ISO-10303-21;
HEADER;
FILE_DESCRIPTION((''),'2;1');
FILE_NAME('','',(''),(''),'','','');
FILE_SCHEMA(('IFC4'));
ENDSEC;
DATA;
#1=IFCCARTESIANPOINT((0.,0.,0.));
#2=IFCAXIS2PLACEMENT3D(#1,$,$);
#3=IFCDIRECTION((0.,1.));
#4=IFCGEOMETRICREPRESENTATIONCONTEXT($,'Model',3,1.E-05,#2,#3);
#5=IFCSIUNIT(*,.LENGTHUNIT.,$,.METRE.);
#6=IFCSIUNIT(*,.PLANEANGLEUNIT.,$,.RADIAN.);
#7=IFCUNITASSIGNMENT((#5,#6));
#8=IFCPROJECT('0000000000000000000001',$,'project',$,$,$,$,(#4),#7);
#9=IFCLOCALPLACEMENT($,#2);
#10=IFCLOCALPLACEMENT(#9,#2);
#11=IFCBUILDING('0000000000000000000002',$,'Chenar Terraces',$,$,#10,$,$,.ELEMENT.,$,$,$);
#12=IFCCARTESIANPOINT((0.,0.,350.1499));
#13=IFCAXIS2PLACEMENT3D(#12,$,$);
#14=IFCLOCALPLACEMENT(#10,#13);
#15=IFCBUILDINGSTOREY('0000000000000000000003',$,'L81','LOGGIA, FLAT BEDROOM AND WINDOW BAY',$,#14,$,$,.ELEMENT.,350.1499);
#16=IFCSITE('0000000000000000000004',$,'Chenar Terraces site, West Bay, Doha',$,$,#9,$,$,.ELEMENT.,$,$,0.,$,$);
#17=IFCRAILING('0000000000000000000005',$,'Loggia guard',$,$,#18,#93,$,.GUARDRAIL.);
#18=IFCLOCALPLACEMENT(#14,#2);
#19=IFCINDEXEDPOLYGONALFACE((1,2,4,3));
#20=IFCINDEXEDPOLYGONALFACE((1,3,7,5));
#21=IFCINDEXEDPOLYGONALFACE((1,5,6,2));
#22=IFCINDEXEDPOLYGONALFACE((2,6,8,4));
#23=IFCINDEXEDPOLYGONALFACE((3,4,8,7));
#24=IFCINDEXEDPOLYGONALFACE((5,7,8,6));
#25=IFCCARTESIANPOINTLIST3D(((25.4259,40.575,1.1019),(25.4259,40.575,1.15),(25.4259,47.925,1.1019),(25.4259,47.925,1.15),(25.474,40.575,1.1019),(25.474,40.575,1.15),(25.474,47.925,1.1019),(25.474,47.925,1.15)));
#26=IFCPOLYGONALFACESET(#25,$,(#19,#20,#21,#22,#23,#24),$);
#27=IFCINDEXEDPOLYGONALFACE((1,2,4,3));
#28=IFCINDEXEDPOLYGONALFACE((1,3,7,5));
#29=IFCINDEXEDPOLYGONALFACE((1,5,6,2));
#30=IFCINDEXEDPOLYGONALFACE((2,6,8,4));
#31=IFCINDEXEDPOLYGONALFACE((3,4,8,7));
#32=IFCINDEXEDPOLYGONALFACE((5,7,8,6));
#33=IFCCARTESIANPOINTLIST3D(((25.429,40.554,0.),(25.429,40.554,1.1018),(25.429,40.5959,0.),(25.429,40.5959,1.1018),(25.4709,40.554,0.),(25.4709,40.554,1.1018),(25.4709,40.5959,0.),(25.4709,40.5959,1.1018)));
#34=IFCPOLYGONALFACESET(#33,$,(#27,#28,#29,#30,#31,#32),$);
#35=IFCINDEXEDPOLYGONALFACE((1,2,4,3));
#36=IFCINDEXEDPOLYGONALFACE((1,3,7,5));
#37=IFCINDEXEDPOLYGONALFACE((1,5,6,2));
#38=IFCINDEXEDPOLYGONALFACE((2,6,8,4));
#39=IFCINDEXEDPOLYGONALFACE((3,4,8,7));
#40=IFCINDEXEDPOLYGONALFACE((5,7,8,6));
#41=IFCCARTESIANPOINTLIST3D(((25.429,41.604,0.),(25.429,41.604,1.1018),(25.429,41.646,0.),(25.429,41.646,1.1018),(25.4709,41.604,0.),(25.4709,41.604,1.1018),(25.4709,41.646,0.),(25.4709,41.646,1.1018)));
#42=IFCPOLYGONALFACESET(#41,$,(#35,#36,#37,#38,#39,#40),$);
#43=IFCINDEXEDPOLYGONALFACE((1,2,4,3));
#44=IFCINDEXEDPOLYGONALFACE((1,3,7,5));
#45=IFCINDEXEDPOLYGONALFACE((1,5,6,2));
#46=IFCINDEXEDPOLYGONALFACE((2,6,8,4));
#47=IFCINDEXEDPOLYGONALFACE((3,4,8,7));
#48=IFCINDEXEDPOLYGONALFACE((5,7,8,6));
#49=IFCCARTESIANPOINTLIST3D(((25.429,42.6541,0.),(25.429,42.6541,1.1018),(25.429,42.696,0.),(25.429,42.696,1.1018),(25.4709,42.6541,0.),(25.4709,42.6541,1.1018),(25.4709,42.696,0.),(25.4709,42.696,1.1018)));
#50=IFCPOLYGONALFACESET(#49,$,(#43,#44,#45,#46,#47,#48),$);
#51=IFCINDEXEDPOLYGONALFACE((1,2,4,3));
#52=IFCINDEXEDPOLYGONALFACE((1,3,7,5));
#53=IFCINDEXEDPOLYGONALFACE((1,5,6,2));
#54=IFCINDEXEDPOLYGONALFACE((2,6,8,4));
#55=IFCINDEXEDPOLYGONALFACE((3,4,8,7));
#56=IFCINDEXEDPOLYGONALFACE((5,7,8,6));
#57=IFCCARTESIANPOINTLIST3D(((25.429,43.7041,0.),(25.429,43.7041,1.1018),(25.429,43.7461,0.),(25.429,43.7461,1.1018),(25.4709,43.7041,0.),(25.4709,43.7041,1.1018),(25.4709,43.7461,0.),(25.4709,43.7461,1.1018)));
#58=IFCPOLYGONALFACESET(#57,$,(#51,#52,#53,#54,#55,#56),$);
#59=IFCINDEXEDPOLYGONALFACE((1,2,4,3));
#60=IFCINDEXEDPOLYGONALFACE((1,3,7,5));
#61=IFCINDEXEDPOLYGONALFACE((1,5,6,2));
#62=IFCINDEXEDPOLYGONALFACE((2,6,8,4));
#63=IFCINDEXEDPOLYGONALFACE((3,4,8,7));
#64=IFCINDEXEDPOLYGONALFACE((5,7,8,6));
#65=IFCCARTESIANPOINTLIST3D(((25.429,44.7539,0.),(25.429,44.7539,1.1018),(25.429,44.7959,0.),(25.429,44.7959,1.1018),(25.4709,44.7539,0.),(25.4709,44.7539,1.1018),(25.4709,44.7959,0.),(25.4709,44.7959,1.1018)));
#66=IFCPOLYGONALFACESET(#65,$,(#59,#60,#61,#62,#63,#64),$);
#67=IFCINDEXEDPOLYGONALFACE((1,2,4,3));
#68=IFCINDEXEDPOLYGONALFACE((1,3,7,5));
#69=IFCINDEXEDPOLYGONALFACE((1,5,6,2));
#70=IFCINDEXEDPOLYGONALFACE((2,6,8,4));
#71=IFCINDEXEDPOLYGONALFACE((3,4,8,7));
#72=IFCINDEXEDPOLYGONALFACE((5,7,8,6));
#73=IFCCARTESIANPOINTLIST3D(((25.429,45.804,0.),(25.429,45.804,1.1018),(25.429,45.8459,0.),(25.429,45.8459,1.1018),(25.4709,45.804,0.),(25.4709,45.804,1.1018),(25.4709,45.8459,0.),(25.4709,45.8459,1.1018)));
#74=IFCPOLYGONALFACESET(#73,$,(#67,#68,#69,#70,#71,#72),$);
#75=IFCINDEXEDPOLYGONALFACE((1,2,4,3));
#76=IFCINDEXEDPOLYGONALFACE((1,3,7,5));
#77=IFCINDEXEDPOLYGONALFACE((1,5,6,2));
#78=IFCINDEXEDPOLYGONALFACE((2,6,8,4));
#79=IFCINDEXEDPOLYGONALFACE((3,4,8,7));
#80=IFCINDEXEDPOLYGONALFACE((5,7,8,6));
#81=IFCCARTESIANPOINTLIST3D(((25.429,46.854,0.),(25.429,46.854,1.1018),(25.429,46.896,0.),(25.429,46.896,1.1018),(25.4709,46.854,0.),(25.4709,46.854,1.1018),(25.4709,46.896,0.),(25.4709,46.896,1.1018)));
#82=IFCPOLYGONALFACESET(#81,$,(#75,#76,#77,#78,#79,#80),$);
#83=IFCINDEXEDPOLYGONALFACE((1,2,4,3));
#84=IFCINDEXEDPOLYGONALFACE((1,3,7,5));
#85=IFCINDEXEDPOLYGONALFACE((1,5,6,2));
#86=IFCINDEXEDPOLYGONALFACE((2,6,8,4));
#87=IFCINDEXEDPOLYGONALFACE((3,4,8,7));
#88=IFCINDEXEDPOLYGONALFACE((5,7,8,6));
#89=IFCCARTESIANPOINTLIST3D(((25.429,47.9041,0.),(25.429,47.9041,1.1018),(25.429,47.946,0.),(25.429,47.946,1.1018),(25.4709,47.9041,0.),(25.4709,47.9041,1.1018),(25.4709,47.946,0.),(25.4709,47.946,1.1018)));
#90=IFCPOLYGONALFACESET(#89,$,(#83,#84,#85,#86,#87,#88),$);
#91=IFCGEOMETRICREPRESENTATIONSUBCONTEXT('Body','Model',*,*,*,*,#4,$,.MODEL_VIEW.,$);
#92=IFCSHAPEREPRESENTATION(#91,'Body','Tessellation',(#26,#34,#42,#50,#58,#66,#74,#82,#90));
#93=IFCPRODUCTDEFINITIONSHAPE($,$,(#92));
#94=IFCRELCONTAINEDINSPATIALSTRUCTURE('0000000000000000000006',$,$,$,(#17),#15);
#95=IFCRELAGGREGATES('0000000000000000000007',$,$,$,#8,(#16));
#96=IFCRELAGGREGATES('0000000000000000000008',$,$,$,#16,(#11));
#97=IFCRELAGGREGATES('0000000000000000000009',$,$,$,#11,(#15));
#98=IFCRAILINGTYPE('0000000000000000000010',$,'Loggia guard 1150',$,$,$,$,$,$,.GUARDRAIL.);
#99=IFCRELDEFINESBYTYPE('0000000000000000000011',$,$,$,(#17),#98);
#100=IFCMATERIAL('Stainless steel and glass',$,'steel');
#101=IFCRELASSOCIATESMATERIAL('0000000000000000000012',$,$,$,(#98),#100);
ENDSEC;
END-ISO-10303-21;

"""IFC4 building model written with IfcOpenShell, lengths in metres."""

from ifc_helpers import new_model, si_unit, direction, frame, origin, origin_2d, place, context, subcontext, project, spatial, rectangle, extrude, material, type_object, element, save


model = new_model("IFC4")

# Units and contexts
model_context = context("Model", 3, precision=1e-05, world=origin(), true_north=direction((0.0, 1.0)))
body_context = subcontext(model_context, "Body", "Model", "MODEL_VIEW")
ifc_project = project(units=[si_unit("LENGTHUNIT", "METRE"), si_unit("PLANEANGLEUNIT", "RADIAN")], contexts=[model_context])

# Site, building, storey
site_placement = place(None, origin())
site = spatial("IfcSite", under=ifc_project, at=site_placement, Name="Chenar Terraces site, West Bay, Doha", CompositionType="ELEMENT", RefElevation=0.0)
building_placement = place(site_placement, origin())
building = spatial("IfcBuilding", under=site, at=building_placement, Name="Chenar Terraces", CompositionType="ELEMENT")
storey_placement = place(building_placement, frame((0.0, 0.0, 350.1499)))
storey = spatial("IfcBuildingStorey", under=building, at=storey_placement, Name="L81", Description="LOGGIA, FLAT BEDROOM AND WINDOW BAY", CompositionType="ELEMENT", Elevation=350.1499)

# Railing
ifc_material_1 = material(Name="Stainless steel and glass", Category="steel")
railing_type_1 = type_object("IfcRailingType", Name="Loggia guard 1150", PredefinedType="GUARDRAIL", material=ifc_material_1)
railing_1_placement = place(storey_placement, frame((25.45, 40.575, 0.0)))
element("IfcRailing", 1, at=railing_1_placement, inside=storey, type_object=railing_type_1, Name="Loggia guard", PredefinedType="GUARDRAIL", context=body_context, shape_type="SweptSolid", body=[
    extrude(rectangle(XDim=0.0481, YDim=0.0481, at=origin_2d()), frame((0.0, 0.0, 1.126), z_axis=(0.0, 1.0, 0.0), x_axis=(-1.0, 0.0, 0.0)), (0.0, 0.0, 1.0), 7.3501),
    extrude(rectangle(XDim=0.042, YDim=0.042, at=origin_2d()), origin(), (0.0, 0.0, 1.0), 1.1018),
    extrude(rectangle(XDim=0.042, YDim=0.042, at=origin_2d()), frame((0.0, 1.05, 0.0)), (0.0, 0.0, 1.0), 1.1018),
    extrude(rectangle(XDim=0.042, YDim=0.042, at=origin_2d()), frame((0.0, 2.1001, 0.0)), (0.0, 0.0, 1.0), 1.1018),
    extrude(rectangle(XDim=0.042, YDim=0.042, at=origin_2d()), frame((0.0, 3.1501, 0.0)), (0.0, 0.0, 1.0), 1.1018),
    extrude(rectangle(XDim=0.042, YDim=0.042, at=origin_2d()), frame((0.0, 4.2, 0.0)), (0.0, 0.0, 1.0), 1.1018),
    extrude(rectangle(XDim=0.042, YDim=0.042, at=origin_2d()), frame((0.0, 5.25, 0.0)), (0.0, 0.0, 1.0), 1.1018),
    extrude(rectangle(XDim=0.042, YDim=0.042, at=origin_2d()), frame((0.0, 6.3, 0.0)), (0.0, 0.0, 1.0), 1.1018),
    extrude(rectangle(XDim=0.042, YDim=0.042, at=origin_2d()), frame((0.0, 7.3501, 0.0)), (0.0, 0.0, 1.0), 1.1018),
])

save(model, "model.ifc")
